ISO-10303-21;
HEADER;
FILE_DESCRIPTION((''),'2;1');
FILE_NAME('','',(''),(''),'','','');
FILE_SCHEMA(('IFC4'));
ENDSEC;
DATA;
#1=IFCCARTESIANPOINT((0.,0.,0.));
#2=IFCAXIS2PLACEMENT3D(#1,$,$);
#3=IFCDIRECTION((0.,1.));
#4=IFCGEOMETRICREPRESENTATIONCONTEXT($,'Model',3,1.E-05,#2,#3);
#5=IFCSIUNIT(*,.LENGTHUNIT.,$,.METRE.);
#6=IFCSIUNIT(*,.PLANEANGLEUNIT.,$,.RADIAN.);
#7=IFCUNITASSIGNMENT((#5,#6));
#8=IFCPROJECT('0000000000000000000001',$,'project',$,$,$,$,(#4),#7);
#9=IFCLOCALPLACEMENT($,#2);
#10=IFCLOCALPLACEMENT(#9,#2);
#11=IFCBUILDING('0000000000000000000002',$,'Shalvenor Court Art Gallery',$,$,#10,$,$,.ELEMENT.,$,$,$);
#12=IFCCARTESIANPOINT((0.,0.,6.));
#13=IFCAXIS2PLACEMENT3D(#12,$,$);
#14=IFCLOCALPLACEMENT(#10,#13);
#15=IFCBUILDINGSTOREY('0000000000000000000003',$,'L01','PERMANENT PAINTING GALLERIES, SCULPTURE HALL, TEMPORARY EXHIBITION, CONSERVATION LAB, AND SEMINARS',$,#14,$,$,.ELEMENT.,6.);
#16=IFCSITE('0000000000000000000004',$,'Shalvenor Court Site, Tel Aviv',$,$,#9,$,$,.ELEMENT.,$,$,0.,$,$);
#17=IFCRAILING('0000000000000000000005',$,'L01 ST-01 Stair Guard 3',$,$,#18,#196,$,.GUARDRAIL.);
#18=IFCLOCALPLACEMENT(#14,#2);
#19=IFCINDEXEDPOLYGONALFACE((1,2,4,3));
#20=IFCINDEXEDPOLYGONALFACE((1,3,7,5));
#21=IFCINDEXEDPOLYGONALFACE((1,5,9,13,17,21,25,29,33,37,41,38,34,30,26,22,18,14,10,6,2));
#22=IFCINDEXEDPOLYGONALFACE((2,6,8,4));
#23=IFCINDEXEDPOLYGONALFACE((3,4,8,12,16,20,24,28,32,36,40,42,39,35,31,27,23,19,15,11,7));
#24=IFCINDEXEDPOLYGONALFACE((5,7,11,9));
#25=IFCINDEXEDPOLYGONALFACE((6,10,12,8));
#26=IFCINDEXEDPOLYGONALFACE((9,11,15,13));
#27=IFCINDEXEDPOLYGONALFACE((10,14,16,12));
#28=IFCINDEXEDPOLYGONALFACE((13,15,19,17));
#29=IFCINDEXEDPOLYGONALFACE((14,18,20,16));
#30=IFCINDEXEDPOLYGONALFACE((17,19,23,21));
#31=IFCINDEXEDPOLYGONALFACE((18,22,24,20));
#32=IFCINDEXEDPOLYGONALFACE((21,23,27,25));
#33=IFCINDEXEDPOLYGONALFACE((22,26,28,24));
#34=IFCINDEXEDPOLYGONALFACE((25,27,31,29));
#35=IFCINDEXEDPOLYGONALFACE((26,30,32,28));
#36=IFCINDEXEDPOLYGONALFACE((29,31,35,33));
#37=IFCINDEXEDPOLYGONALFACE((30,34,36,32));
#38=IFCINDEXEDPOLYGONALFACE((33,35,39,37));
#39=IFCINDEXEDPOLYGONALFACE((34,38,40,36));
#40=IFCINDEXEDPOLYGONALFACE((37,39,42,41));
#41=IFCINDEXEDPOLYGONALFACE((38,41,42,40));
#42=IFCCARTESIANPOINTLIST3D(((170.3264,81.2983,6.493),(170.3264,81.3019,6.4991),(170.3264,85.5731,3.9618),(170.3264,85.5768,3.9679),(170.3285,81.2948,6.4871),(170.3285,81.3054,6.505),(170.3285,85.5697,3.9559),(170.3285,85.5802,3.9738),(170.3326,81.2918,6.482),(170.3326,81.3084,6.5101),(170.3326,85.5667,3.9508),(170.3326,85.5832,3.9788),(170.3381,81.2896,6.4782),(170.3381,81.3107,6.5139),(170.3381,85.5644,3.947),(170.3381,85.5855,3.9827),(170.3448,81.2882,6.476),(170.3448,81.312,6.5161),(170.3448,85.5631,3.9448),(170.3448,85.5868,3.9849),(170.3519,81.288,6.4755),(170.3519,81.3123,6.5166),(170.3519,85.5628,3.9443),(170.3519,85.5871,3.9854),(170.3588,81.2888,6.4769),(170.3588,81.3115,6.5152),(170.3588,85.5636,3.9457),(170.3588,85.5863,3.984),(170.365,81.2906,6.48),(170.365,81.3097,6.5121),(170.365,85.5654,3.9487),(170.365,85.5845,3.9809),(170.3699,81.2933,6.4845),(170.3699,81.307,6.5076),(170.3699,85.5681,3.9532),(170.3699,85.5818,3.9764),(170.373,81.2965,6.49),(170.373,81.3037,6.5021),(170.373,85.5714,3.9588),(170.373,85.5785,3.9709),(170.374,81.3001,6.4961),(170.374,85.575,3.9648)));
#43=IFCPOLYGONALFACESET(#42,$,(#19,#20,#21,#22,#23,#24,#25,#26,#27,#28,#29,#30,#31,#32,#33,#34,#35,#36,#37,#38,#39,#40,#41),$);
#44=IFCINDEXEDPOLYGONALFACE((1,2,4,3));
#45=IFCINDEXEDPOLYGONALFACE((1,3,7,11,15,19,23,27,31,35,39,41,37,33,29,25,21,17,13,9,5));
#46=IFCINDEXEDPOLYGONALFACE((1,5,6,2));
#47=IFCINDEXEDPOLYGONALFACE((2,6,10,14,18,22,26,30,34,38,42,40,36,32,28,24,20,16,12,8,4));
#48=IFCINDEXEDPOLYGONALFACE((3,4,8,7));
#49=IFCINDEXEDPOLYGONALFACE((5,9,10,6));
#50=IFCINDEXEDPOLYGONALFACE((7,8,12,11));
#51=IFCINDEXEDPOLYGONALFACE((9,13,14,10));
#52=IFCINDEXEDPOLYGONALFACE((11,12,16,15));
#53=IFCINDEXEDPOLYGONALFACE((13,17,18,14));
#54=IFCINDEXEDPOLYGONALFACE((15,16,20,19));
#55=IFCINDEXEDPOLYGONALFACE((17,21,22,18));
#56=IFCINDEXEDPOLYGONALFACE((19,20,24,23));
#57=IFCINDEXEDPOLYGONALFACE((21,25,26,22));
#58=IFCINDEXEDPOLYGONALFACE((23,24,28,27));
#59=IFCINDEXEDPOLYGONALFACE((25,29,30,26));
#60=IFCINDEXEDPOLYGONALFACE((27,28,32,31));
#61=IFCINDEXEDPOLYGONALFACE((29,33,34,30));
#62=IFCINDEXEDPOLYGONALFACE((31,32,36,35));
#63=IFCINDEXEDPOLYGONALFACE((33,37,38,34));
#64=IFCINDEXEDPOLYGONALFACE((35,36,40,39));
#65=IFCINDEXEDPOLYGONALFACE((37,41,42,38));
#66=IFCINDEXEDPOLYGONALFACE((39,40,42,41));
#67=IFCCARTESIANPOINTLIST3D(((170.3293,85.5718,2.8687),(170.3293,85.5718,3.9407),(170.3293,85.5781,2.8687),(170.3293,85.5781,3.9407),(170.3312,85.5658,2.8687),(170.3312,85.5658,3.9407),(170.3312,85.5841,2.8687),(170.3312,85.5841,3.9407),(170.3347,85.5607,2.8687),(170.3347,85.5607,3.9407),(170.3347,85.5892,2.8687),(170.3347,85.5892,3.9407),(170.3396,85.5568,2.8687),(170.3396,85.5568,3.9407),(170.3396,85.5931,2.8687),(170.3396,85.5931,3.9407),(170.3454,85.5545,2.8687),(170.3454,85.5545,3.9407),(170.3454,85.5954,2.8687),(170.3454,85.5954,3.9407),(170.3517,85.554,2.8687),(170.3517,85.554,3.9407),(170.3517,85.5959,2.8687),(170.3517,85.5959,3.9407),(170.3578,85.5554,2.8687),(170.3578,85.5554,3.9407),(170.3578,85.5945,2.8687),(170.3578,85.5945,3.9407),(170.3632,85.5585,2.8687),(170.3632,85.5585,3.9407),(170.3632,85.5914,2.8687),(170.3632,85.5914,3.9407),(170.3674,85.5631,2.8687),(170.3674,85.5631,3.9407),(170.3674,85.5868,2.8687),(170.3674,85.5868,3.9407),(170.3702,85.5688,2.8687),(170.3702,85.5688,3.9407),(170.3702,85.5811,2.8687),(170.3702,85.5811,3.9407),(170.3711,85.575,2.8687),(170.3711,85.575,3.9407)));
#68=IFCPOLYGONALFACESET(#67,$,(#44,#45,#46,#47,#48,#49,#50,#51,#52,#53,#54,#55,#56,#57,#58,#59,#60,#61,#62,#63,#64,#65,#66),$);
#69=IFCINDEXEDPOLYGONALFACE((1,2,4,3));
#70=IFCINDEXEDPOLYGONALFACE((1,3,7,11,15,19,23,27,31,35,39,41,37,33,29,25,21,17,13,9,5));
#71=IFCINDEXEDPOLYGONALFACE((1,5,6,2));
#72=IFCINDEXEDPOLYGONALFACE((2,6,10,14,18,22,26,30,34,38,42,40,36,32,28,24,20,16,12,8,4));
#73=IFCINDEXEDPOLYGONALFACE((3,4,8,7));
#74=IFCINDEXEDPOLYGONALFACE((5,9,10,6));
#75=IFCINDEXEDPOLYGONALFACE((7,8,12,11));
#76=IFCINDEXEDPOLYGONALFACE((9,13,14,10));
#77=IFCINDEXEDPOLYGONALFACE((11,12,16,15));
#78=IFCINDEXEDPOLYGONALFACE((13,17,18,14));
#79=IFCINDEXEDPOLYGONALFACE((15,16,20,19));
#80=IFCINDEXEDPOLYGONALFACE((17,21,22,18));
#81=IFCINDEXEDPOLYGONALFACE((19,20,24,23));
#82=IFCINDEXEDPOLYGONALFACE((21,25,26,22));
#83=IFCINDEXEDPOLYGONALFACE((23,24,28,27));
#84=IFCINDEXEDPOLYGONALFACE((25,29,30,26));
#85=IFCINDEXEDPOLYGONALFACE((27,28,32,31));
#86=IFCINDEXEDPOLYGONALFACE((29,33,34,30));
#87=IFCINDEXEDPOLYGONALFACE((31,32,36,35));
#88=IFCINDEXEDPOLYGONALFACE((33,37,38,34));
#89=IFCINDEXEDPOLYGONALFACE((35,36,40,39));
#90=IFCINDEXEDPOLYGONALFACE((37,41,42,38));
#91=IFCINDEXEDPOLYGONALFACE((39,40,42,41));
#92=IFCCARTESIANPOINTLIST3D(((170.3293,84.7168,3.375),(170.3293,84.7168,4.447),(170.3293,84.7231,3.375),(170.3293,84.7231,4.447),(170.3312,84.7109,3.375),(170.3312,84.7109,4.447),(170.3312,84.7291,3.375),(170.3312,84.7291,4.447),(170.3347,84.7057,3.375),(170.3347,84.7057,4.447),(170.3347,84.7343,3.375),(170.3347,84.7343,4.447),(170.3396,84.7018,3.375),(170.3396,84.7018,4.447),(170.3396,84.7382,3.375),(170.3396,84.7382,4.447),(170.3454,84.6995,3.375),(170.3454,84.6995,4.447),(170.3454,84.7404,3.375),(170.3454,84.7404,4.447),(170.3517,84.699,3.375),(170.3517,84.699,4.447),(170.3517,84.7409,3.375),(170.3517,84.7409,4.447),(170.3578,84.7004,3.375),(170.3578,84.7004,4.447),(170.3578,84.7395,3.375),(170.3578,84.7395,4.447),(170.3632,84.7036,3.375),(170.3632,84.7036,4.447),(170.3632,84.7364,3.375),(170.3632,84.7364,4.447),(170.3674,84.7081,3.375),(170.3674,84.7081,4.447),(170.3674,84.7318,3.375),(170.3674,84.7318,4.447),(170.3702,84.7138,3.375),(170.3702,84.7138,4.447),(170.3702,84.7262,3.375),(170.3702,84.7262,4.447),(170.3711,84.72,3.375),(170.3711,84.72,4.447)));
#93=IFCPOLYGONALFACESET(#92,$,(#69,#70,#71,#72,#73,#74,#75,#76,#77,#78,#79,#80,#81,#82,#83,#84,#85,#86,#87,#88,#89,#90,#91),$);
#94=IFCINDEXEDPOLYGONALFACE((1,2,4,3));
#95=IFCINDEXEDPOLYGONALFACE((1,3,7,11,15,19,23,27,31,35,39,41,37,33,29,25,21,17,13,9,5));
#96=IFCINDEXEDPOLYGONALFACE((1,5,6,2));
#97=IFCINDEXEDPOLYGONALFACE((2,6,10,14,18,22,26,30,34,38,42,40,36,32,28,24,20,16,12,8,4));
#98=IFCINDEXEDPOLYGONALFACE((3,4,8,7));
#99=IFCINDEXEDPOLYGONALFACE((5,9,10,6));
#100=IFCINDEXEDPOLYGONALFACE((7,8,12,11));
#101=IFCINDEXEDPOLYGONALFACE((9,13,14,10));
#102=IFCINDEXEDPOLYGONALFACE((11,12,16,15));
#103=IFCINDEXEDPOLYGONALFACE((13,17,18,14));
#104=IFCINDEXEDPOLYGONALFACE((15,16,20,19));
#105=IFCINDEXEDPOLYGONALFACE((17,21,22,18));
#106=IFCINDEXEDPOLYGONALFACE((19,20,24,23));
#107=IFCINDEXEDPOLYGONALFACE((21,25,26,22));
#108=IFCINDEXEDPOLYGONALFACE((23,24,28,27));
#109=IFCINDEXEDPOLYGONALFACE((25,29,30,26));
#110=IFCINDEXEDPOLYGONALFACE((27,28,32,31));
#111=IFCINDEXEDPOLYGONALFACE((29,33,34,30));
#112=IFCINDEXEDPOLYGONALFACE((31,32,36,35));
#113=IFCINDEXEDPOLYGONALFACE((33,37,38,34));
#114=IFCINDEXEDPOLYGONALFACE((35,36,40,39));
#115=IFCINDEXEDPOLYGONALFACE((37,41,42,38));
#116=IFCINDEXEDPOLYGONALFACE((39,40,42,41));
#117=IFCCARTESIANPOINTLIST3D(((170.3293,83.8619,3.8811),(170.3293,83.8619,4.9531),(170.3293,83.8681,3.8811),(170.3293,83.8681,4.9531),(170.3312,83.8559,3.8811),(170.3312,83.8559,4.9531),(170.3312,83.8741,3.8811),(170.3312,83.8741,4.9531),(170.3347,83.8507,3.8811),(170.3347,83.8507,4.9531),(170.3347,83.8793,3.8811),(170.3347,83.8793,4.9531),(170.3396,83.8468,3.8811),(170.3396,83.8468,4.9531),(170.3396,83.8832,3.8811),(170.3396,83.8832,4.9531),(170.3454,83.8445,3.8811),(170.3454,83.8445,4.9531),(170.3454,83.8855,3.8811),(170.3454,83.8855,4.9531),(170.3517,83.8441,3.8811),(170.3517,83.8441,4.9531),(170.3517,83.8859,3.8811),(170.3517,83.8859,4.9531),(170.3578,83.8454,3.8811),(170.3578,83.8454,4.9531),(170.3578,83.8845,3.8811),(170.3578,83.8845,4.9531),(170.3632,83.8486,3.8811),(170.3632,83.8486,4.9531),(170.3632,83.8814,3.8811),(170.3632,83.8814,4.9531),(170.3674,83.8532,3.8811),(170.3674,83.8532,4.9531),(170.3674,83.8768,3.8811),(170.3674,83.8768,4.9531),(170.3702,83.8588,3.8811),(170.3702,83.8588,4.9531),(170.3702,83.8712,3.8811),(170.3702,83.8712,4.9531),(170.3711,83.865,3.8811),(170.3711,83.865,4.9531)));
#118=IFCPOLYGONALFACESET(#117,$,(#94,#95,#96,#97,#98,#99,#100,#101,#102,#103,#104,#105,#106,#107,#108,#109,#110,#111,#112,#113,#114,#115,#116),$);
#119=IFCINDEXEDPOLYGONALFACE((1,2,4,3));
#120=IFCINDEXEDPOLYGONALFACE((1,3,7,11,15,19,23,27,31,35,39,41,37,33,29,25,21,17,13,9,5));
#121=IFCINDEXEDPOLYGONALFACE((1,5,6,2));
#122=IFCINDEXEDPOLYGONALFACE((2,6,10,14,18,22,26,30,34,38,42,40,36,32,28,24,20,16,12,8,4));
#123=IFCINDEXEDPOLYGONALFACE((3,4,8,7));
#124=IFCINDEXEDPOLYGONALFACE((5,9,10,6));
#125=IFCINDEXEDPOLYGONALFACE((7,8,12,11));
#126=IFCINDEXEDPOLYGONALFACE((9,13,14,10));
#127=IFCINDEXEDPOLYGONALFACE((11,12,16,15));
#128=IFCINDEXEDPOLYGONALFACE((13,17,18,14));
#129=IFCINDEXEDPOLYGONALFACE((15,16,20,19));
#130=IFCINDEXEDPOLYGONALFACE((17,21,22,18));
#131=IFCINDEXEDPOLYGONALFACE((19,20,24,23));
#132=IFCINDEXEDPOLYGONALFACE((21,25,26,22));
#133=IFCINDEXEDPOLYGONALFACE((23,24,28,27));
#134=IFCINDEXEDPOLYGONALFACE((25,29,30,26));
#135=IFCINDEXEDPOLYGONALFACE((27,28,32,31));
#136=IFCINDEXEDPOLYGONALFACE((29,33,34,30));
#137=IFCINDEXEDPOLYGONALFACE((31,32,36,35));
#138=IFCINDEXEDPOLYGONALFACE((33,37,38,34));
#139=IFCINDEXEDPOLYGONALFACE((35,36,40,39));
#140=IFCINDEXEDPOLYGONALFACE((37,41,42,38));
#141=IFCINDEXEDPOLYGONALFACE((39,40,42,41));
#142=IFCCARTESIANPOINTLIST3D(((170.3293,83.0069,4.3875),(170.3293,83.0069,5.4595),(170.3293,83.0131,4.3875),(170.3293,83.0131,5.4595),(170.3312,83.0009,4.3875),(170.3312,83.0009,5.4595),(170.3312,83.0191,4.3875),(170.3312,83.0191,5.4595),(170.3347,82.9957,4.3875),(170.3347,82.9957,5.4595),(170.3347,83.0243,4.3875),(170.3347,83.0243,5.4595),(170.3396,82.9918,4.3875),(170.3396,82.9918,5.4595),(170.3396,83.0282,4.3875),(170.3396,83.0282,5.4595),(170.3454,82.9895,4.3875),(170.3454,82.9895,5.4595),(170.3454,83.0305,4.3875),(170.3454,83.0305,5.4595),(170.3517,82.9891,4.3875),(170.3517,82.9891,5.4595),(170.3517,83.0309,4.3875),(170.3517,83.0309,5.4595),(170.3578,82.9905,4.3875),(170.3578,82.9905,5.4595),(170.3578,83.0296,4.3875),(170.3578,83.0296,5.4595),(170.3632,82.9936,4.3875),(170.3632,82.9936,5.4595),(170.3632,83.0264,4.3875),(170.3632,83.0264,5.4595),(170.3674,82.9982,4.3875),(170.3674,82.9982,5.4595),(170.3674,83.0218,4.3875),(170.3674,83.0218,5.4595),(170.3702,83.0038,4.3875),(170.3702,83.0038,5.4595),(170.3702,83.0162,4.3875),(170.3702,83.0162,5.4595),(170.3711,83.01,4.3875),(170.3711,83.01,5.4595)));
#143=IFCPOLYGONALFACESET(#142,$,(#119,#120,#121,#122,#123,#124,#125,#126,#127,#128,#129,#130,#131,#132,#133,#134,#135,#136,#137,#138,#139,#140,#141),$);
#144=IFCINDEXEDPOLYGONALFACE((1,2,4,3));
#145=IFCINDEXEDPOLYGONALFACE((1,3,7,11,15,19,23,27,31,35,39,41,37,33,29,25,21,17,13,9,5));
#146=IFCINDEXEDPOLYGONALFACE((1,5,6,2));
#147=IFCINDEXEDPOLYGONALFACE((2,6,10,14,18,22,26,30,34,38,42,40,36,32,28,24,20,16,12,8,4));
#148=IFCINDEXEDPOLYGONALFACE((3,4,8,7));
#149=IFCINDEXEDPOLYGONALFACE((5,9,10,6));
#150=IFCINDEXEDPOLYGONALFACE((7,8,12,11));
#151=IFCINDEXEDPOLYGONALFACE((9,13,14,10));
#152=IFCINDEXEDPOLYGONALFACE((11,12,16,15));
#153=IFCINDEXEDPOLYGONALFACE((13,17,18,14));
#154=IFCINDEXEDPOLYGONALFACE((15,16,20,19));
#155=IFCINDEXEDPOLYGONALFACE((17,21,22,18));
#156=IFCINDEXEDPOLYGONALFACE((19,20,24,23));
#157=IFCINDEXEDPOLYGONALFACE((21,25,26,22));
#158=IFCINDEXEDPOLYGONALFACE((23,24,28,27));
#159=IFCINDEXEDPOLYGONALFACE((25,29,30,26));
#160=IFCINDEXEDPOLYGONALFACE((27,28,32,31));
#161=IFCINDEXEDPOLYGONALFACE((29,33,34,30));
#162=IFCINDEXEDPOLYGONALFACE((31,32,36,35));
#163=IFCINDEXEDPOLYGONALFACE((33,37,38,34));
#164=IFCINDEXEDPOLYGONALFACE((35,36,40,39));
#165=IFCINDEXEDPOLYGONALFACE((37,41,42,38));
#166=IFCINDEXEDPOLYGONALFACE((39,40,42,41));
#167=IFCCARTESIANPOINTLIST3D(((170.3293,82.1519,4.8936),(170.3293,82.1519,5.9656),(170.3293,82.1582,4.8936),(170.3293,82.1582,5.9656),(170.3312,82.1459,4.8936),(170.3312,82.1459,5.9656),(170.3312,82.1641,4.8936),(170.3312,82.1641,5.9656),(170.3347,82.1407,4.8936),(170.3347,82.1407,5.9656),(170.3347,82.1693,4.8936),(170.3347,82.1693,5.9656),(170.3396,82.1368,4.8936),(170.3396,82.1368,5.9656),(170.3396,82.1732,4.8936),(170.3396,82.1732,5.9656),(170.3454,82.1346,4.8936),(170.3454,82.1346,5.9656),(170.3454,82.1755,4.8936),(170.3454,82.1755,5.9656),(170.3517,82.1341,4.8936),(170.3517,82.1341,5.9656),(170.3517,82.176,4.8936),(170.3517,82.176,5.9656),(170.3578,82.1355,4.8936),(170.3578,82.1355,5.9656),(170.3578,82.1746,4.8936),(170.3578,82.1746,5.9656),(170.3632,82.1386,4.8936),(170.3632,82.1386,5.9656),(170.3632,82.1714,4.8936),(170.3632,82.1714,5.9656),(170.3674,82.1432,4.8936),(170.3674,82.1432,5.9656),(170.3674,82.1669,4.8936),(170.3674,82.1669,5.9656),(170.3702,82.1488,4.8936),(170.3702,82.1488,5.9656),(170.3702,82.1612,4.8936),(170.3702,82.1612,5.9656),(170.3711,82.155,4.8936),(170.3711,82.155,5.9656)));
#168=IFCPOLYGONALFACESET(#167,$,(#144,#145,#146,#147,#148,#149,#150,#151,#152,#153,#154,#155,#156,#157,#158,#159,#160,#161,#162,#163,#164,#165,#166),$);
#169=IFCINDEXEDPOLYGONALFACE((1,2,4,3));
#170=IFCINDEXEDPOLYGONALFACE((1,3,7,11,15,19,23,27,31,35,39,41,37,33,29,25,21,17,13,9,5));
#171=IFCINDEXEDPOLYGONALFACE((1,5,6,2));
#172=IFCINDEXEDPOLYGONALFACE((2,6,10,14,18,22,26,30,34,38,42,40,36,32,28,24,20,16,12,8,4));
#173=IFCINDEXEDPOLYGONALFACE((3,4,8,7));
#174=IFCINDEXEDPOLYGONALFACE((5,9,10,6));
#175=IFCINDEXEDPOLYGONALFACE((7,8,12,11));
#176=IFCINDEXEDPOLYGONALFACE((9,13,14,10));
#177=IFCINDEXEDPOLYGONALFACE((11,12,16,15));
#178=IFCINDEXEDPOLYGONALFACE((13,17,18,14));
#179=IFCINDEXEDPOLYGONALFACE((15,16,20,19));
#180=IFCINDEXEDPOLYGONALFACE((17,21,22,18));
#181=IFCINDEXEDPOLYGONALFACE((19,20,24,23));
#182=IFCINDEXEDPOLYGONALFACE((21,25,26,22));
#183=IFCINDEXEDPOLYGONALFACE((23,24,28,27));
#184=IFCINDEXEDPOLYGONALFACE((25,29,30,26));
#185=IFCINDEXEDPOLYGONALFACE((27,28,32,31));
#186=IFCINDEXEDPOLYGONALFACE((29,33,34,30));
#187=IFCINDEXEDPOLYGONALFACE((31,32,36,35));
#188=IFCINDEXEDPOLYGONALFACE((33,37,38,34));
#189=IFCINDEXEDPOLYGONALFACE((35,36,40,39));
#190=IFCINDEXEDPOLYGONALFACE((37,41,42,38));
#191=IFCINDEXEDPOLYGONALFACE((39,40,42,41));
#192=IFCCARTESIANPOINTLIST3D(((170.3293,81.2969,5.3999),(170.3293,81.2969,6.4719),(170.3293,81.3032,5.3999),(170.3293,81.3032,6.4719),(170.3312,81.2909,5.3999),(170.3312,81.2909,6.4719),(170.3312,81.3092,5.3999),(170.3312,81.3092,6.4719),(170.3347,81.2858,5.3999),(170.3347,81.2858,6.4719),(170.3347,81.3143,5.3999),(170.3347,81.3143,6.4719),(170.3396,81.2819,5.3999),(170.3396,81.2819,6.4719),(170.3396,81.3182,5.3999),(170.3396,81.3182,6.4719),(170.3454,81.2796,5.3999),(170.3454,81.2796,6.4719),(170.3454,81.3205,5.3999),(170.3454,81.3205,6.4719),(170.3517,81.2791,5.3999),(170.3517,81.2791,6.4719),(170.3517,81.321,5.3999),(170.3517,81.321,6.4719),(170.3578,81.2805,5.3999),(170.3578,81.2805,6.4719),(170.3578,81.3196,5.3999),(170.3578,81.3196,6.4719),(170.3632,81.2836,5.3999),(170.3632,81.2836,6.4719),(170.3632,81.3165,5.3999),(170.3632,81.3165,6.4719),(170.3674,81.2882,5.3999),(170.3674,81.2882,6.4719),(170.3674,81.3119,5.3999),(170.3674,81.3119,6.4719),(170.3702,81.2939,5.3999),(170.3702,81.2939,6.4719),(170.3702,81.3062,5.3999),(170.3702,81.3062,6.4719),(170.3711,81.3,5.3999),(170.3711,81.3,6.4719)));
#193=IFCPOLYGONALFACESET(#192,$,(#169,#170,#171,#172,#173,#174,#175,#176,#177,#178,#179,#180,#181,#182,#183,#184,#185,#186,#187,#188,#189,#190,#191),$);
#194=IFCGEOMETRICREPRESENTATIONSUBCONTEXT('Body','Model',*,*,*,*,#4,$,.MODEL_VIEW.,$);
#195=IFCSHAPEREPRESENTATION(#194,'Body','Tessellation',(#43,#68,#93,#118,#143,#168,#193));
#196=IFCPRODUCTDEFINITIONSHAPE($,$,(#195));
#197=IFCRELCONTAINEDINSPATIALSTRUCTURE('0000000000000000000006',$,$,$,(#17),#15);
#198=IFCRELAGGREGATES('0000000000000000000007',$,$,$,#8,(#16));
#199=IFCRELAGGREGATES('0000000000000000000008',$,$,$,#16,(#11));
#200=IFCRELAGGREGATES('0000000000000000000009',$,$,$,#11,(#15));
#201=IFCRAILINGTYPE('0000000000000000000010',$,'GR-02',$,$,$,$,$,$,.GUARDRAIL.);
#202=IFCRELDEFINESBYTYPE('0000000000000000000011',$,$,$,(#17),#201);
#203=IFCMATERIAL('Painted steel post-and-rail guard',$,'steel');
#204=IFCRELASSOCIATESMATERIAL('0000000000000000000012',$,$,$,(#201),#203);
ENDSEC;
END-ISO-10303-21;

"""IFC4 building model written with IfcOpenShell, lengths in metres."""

from ifc_helpers import new_model, si_unit, direction, frame, origin, origin_2d, place, context, subcontext, project, spatial, circle, extrude, material, type_object, element, save


model = new_model("IFC4")

# Units and contexts
model_context = context("Model", 3, precision=1e-05, world=origin(), true_north=direction((0.0, 1.0)))
body_context = subcontext(model_context, "Body", "Model", "MODEL_VIEW")
ifc_project = project(units=[si_unit("LENGTHUNIT", "METRE"), si_unit("PLANEANGLEUNIT", "RADIAN")], contexts=[model_context])

# Site, building, storey
site_placement = place(None, origin())
site = spatial("IfcSite", under=ifc_project, at=site_placement, Name="Shalvenor Court Site, Tel Aviv", CompositionType="ELEMENT", RefElevation=0.0)
building_placement = place(site_placement, origin())
building = spatial("IfcBuilding", under=site, at=building_placement, Name="Shalvenor Court Art Gallery", CompositionType="ELEMENT")
storey_placement = place(building_placement, frame((0.0, 0.0, 6.0)))
storey = spatial("IfcBuildingStorey", under=building, at=storey_placement, Name="L01", Description="PERMANENT PAINTING GALLERIES, SCULPTURE HALL, TEMPORARY EXHIBITION, CONSERVATION LAB, AND SEMINARS", CompositionType="ELEMENT", Elevation=6.0)

# Railing
ifc_material_1 = material(Name="Painted steel post-and-rail guard", Category="steel")
railing_type_1 = type_object("IfcRailingType", Name="GR-02", PredefinedType="GUARDRAIL", material=ifc_material_1)
railing_1_placement = place(storey_placement, frame((170.3501, 85.575, 2.8687)))
element("IfcRailing", 1, at=railing_1_placement, inside=storey, type_object=railing_type_1, Name="L01 ST-01 Stair Guard 3", PredefinedType="GUARDRAIL", context=body_context, shape_type="SweptSolid", body=[
    extrude(circle(Radius=0.0239, at=origin_2d()), frame((0.0, 0.0, 1.0962), z_axis=(0.0, -0.86047, 0.509501), x_axis=(1.0, 0.0, 0.0)), (0.0, 0.0, 1.0), 4.968),
    extrude(circle(Radius=0.021, at=origin_2d()), origin(), (0.0, 0.0, 1.0), 1.072),
    extrude(circle(Radius=0.021, at=origin_2d()), frame((0.0, -0.855, 0.5063)), (0.0, 0.0, 1.0), 1.072),
    extrude(circle(Radius=0.021, at=origin_2d()), frame((0.0, -1.71, 1.0125)), (0.0, 0.0, 1.0), 1.072),
    extrude(circle(Radius=0.021, at=origin_2d()), frame((0.0, -2.5649, 1.5188)), (0.0, 0.0, 1.0), 1.072),
    extrude(circle(Radius=0.021, at=origin_2d()), frame((0.0, -3.4199, 2.0249)), (0.0, 0.0, 1.0), 1.072),
    extrude(circle(Radius=0.021, at=origin_2d()), frame((0.0, -4.2749, 2.5312)), (0.0, 0.0, 1.0), 1.072),
])

save(model, "model.ifc")
